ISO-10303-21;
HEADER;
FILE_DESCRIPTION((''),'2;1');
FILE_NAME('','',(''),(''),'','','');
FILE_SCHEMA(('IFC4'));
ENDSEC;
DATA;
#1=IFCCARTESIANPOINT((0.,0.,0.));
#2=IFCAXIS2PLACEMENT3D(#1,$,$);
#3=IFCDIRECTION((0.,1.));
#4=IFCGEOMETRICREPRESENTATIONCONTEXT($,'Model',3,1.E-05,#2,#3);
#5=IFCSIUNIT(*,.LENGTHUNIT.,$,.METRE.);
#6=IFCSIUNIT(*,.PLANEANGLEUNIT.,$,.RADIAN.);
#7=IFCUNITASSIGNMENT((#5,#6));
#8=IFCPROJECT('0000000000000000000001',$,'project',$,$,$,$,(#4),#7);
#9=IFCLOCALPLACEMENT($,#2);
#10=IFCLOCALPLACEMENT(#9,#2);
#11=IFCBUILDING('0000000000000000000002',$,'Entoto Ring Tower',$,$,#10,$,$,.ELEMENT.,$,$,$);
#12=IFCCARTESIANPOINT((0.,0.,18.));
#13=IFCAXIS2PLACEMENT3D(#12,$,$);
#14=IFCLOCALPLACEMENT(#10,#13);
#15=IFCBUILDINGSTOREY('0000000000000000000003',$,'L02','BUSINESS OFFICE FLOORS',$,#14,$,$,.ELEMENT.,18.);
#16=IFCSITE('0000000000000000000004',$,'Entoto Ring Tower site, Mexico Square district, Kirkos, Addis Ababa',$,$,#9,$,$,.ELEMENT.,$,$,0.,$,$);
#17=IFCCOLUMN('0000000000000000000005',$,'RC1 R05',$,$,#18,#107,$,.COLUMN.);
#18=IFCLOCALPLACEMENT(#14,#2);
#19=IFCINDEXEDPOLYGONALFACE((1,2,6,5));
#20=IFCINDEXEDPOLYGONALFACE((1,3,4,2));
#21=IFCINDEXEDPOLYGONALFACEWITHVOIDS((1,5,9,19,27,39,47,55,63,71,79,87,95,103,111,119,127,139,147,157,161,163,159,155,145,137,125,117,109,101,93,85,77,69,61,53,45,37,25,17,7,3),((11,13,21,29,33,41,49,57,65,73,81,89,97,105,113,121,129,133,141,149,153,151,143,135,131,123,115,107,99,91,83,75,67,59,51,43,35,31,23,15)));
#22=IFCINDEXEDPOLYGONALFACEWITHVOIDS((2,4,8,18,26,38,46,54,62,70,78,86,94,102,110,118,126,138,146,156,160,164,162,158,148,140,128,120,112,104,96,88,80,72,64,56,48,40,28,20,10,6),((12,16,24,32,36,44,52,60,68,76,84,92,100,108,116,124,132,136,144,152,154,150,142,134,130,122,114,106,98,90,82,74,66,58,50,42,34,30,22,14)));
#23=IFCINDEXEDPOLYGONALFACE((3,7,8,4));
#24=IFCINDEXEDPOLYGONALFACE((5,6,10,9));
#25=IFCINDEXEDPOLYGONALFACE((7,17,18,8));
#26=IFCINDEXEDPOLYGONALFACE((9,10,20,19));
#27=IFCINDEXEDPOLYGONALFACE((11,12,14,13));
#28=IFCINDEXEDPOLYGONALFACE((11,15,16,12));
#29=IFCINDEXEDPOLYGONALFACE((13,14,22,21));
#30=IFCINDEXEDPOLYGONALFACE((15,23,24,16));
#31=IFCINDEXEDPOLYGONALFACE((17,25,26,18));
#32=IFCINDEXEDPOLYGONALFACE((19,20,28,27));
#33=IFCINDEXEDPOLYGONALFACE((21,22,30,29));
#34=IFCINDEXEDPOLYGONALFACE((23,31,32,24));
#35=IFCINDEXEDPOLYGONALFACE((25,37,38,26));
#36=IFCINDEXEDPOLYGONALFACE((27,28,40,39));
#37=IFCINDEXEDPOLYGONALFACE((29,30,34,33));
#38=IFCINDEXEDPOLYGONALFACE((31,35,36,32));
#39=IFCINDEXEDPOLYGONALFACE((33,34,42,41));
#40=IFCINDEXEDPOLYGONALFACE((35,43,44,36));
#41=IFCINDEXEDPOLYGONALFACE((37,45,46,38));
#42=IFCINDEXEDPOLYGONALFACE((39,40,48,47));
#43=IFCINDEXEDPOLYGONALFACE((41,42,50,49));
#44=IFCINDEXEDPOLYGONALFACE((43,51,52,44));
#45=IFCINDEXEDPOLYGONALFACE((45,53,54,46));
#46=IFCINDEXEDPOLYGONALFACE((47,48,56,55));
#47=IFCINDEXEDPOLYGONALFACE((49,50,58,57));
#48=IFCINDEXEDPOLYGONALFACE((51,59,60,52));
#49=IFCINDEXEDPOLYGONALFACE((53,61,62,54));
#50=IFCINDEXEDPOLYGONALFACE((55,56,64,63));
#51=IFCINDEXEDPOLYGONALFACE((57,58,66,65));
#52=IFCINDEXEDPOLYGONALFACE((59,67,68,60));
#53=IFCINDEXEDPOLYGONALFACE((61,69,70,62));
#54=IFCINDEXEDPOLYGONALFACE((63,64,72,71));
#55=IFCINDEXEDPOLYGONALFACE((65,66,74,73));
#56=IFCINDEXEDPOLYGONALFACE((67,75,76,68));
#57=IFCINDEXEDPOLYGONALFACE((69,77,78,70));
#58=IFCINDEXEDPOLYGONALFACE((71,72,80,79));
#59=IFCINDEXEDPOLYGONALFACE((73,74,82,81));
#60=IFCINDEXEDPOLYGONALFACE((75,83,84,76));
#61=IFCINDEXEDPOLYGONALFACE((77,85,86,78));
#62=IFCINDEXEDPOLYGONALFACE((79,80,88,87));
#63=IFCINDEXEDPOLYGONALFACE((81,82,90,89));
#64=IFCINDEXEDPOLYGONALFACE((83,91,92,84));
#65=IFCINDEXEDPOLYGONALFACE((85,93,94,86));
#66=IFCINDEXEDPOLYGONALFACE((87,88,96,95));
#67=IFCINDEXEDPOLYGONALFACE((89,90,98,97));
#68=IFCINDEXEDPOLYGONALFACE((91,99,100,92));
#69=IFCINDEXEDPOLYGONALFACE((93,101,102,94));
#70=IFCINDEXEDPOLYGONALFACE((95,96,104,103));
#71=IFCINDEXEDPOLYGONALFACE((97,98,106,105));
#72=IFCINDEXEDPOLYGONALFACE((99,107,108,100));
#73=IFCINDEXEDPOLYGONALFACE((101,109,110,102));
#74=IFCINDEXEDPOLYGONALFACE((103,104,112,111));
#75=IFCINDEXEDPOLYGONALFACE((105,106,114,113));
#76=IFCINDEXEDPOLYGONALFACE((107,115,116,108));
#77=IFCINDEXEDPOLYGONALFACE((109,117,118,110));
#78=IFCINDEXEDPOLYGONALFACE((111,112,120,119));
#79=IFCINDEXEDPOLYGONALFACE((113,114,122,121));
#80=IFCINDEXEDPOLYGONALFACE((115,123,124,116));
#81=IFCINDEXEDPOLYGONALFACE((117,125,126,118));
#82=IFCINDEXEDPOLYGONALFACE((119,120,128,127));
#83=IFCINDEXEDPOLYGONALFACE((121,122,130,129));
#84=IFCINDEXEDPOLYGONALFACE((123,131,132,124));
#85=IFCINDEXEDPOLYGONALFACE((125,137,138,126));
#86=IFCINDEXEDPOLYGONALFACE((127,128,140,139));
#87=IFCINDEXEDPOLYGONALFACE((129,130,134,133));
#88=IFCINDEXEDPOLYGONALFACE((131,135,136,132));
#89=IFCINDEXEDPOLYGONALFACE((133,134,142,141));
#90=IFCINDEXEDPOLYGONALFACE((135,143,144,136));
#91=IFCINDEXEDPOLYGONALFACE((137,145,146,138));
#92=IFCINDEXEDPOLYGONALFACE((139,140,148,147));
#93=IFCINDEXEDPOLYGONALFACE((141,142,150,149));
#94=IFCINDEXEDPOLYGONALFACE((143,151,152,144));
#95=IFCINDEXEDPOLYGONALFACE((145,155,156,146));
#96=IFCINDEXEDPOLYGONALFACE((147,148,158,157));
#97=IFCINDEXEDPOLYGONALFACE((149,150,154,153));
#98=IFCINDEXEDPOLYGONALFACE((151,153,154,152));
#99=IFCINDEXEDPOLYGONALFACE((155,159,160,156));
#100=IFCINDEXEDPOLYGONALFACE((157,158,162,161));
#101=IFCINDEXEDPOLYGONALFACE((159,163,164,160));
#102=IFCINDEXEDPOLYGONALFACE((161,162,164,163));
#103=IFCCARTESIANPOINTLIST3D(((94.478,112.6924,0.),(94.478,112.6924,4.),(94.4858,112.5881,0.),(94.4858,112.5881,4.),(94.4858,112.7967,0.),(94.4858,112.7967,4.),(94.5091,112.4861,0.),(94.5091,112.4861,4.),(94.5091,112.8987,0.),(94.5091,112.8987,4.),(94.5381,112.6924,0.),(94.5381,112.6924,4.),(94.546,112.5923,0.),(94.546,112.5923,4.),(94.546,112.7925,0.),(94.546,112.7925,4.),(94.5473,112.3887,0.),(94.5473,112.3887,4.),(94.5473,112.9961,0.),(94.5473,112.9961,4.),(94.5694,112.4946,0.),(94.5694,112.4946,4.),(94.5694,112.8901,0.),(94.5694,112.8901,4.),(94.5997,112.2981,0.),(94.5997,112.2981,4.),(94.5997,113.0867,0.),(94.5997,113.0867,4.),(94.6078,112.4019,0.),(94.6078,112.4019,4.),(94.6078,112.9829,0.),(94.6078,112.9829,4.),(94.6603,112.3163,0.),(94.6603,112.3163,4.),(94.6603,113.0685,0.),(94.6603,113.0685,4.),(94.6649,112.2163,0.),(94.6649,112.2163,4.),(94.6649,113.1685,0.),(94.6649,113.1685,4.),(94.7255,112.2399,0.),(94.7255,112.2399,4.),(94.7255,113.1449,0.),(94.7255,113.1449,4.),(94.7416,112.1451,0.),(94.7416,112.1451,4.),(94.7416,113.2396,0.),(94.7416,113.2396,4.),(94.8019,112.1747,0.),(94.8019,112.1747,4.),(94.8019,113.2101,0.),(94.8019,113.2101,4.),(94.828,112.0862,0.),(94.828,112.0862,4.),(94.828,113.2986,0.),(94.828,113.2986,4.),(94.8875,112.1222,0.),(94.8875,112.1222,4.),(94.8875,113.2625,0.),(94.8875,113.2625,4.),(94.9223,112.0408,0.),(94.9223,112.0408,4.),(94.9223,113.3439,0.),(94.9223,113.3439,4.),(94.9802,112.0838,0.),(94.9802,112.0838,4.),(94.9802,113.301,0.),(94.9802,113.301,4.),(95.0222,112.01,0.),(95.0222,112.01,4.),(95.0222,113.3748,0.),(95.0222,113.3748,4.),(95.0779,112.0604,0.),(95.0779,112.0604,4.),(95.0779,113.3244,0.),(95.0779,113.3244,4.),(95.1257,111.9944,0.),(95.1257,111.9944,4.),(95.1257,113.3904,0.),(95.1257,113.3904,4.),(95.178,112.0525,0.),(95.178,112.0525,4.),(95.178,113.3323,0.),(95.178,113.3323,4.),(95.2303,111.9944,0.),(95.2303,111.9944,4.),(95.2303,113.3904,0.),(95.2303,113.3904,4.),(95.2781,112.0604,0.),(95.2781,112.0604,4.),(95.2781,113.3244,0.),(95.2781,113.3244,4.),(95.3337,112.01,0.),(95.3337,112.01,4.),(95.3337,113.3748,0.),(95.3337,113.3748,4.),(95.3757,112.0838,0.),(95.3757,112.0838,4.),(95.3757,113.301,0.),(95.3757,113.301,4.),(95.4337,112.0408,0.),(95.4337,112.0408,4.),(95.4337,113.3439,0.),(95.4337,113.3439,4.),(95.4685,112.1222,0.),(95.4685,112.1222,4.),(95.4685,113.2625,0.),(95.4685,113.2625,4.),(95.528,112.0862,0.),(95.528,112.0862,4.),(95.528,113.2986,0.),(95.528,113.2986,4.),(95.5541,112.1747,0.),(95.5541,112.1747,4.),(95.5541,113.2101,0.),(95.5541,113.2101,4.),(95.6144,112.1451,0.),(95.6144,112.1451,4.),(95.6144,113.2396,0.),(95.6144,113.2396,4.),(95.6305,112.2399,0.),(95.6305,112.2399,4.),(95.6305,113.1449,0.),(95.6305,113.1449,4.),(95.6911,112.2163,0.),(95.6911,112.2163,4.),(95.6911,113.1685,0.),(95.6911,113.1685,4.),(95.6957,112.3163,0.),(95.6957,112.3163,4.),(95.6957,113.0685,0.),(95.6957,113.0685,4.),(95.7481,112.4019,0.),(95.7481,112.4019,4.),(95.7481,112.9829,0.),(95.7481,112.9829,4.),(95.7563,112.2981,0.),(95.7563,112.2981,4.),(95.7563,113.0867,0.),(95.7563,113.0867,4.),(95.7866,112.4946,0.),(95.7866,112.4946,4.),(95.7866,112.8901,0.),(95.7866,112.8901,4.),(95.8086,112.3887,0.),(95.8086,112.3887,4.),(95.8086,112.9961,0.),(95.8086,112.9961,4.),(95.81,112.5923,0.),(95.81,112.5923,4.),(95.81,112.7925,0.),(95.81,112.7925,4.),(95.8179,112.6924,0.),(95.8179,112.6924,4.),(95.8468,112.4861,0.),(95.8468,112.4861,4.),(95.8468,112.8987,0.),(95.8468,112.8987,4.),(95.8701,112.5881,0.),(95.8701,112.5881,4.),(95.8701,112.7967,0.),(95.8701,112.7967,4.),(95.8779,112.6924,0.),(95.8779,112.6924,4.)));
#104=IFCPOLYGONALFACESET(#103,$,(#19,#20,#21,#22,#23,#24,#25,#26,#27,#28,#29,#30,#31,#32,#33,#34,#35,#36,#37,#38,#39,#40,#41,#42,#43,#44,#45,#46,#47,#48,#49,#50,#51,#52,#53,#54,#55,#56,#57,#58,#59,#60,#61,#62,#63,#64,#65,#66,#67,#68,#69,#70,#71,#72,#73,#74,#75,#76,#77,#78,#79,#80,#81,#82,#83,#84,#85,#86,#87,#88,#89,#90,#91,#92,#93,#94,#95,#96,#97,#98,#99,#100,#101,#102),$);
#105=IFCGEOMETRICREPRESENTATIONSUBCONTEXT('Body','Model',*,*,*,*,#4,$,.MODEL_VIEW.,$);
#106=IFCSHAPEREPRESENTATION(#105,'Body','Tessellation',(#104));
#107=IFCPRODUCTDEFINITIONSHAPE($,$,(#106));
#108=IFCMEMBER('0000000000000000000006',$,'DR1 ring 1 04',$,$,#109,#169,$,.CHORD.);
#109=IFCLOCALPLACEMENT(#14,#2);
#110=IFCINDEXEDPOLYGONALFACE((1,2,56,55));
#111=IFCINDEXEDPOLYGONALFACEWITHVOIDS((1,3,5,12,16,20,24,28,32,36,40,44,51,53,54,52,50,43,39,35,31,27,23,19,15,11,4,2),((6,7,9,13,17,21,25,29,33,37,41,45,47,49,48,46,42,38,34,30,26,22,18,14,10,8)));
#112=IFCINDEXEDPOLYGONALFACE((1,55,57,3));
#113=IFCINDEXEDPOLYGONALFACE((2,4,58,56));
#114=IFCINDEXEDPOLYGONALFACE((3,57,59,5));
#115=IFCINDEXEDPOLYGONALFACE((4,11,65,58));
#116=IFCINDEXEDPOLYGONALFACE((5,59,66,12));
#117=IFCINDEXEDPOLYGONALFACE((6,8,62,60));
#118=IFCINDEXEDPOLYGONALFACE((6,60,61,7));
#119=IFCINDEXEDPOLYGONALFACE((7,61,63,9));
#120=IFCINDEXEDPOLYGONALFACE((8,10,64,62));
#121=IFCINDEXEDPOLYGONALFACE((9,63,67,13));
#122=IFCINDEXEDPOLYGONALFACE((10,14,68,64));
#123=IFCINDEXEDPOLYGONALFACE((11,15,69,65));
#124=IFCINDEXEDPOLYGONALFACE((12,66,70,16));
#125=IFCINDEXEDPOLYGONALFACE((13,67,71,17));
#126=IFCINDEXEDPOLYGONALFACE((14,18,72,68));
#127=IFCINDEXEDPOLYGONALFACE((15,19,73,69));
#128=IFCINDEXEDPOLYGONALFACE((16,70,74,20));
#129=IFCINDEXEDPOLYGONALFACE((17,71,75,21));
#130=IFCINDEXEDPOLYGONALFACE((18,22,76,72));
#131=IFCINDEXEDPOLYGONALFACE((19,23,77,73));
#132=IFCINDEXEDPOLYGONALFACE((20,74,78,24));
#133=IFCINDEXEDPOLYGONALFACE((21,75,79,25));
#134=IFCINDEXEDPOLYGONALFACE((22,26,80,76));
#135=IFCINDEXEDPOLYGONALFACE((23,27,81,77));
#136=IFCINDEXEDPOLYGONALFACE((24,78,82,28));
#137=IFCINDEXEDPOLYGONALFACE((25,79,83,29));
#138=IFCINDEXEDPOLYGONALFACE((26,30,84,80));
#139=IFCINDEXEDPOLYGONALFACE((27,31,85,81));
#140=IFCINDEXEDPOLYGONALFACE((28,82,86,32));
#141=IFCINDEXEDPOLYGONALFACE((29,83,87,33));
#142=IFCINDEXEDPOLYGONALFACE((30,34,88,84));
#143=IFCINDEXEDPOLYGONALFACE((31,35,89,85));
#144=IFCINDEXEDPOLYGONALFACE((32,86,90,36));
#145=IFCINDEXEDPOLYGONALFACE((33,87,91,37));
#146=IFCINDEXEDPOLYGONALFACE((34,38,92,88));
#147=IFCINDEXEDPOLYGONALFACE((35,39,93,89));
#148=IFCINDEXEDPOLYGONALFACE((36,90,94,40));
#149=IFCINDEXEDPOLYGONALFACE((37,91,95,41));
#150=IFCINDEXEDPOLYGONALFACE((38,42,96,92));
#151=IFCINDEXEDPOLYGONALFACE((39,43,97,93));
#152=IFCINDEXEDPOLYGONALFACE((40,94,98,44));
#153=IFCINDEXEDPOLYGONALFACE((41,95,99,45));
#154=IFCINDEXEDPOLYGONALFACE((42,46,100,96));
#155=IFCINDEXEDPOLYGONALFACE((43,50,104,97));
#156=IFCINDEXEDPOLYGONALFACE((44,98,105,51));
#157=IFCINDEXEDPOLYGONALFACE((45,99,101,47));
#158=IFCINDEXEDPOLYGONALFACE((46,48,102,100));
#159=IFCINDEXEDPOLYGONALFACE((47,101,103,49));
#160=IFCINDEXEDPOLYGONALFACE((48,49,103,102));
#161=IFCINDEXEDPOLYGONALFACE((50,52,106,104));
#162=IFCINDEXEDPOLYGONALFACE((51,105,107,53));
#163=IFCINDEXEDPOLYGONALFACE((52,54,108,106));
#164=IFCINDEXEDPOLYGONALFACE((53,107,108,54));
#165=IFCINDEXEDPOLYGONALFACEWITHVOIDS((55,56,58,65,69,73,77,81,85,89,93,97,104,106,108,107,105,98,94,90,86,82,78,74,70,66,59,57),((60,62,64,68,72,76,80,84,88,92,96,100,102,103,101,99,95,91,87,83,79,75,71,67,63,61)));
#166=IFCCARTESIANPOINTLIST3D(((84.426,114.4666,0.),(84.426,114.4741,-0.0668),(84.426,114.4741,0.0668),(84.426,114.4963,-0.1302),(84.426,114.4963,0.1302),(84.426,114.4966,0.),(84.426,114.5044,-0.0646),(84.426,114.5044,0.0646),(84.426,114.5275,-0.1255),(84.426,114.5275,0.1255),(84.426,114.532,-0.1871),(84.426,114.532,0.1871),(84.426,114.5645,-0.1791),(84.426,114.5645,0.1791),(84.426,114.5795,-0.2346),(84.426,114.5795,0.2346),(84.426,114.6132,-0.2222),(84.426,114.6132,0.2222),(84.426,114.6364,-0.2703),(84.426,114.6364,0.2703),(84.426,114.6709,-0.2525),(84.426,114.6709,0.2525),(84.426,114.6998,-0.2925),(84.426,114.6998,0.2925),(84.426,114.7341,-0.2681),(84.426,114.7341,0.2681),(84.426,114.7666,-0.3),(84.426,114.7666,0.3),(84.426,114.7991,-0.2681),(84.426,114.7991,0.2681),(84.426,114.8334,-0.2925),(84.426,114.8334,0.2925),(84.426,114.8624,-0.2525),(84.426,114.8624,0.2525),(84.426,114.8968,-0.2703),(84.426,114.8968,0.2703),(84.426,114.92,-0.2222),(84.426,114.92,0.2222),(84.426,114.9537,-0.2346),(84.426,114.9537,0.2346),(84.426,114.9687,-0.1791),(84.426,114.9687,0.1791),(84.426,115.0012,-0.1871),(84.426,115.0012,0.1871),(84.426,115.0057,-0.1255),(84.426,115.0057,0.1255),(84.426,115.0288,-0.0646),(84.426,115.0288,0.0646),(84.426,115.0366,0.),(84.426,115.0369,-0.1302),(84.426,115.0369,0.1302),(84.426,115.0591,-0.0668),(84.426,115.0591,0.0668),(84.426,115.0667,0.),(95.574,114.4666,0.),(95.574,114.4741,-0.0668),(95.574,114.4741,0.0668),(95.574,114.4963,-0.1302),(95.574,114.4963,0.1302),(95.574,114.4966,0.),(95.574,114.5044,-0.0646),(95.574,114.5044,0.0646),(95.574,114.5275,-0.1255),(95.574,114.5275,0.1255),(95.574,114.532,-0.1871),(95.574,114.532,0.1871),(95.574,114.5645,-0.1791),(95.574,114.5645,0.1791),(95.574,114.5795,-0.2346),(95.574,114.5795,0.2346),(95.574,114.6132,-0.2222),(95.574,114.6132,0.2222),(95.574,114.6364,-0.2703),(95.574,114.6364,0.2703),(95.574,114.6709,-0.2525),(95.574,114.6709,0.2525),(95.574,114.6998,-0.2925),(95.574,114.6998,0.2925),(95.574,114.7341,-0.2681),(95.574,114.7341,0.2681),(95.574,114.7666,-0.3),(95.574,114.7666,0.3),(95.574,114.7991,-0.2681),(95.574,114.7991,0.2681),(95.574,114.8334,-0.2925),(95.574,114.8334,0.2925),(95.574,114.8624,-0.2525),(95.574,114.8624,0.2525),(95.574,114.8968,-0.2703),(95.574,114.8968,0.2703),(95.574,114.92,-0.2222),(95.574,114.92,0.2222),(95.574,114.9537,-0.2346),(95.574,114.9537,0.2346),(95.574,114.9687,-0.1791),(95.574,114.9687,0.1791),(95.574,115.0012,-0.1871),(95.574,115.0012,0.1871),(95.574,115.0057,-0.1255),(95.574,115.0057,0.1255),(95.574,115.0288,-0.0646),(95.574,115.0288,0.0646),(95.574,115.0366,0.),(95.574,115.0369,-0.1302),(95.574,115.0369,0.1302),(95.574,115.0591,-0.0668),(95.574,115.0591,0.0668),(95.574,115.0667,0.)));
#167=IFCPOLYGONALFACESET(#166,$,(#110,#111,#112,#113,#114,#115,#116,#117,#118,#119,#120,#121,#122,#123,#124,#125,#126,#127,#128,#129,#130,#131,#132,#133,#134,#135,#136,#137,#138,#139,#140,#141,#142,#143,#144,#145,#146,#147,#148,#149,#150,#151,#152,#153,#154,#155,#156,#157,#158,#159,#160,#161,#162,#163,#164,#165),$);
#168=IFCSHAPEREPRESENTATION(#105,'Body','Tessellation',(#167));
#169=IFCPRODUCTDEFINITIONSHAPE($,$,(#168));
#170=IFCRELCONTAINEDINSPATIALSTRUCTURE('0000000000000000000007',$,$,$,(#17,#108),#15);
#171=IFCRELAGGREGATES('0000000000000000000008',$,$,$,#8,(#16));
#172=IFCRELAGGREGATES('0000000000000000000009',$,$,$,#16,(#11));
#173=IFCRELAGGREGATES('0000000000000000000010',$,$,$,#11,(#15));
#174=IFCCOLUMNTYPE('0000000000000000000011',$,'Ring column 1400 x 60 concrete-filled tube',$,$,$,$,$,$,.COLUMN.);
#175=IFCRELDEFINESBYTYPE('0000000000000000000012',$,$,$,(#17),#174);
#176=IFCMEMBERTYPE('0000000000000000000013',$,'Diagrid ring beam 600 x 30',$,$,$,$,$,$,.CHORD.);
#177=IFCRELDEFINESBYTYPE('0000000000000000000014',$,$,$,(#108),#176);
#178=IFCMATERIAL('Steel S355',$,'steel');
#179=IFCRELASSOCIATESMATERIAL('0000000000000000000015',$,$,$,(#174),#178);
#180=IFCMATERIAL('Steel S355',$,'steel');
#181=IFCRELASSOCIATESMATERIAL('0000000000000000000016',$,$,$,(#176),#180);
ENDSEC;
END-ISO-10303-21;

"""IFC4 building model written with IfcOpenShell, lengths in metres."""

from ifc_helpers import new_model, si_unit, direction, frame, origin, origin_2d, place, context, subcontext, project, spatial, circle, hollow_circle, extrude, material, material_profile, profile_set, type_object, element, save


model = new_model("IFC4")

# Units and contexts
model_context = context("Model", 3, precision=1e-05, world=origin(), true_north=direction((0.0, 1.0)))
body_context = subcontext(model_context, "Body", "Model", "MODEL_VIEW")
ifc_project = project(units=[si_unit("LENGTHUNIT", "METRE"), si_unit("PLANEANGLEUNIT", "RADIAN")], contexts=[model_context])

# Site, building, storey
site_placement = place(None, origin())
site = spatial("IfcSite", under=ifc_project, at=site_placement, Name="Entoto Ring Tower site, Mexico Square district, Kirkos, Addis Ababa", CompositionType="ELEMENT", RefElevation=0.0)
building_placement = place(site_placement, origin())
building = spatial("IfcBuilding", under=site, at=building_placement, Name="Entoto Ring Tower", CompositionType="ELEMENT")
storey_placement = place(building_placement, frame((0.0, 0.0, 18.0)))
storey = spatial("IfcBuildingStorey", under=building, at=storey_placement, Name="L02", Description="BUSINESS OFFICE FLOORS", CompositionType="ELEMENT", Elevation=18.0)

# Column
ifc_material_1 = material(Name="Steel S355", Category="steel")
ifc_material_profile_1 = material_profile(ifc_material_1, hollow_circle(Radius=0.7, WallThickness=0.0601, at=origin_2d()), Name="CHS 1400 x 60")
ifc_material_2 = material(Name="Concrete C60/75", Category="concrete")
ifc_material_profile_2 = material_profile(ifc_material_2, circle(Radius=0.6399, at=origin_2d()), Name="Concrete C60/75 infill")
ifc_profile_set_1 = profile_set([ifc_material_profile_1, ifc_material_profile_2], Name="Steel S355")
column_type = type_object("IfcColumnType", Name="Ring column 1400 x 60 concrete-filled tube", PredefinedType="COLUMN", material=ifc_profile_set_1)
column_placement = place(storey_placement, frame((95.178, 112.6924, 0.0), z_axis=(0.0, 0.0, 1.0), x_axis=(1.0, 0.0, 0.0)))
element("IfcColumn", 1, at=column_placement, inside=storey, type_object=column_type, Name="RC1 R05", PredefinedType="COLUMN", context=body_context, shape_type="SweptSolid", body=[
    extrude(hollow_circle(Radius=0.7, WallThickness=0.0601, at=origin_2d()), origin(), (0.0, 0.0, 1.0), 4.0),
])

# Member
ifc_material_3 = material(Name="Steel S355", Category="steel")
ifc_material_profile_3 = material_profile(ifc_material_3, hollow_circle(Radius=0.3, WallThickness=0.03, at=origin_2d()), Name="CHS 600 x 30")
ifc_material_4 = material(Name="Concrete C60/75", Category="concrete")
ifc_material_profile_4 = material_profile(ifc_material_4, circle(Radius=0.27, at=origin_2d()), Name="Concrete C60/75 infill")
ifc_profile_set_2 = profile_set([ifc_material_profile_3, ifc_material_profile_4], Name="Steel S355")
member_type = type_object("IfcMemberType", Name="Diagrid ring beam 600 x 30", PredefinedType="CHORD", material=ifc_profile_set_2)
member_placement = place(storey_placement, frame((95.574, 114.7666, 0.0), z_axis=(-1.0, 0.0, 0.0), x_axis=(0.0, -1.0, 0.0)))
element("IfcMember", 2, at=member_placement, inside=storey, type_object=member_type, Name="DR1 ring 1 04", PredefinedType="CHORD", context=body_context, shape_type="SweptSolid", body=[
    extrude(hollow_circle(Radius=0.3, WallThickness=0.03, at=origin_2d()), origin(), (0.0, 0.0, 1.0), 11.1479),
])

save(model, "model.ifc")
